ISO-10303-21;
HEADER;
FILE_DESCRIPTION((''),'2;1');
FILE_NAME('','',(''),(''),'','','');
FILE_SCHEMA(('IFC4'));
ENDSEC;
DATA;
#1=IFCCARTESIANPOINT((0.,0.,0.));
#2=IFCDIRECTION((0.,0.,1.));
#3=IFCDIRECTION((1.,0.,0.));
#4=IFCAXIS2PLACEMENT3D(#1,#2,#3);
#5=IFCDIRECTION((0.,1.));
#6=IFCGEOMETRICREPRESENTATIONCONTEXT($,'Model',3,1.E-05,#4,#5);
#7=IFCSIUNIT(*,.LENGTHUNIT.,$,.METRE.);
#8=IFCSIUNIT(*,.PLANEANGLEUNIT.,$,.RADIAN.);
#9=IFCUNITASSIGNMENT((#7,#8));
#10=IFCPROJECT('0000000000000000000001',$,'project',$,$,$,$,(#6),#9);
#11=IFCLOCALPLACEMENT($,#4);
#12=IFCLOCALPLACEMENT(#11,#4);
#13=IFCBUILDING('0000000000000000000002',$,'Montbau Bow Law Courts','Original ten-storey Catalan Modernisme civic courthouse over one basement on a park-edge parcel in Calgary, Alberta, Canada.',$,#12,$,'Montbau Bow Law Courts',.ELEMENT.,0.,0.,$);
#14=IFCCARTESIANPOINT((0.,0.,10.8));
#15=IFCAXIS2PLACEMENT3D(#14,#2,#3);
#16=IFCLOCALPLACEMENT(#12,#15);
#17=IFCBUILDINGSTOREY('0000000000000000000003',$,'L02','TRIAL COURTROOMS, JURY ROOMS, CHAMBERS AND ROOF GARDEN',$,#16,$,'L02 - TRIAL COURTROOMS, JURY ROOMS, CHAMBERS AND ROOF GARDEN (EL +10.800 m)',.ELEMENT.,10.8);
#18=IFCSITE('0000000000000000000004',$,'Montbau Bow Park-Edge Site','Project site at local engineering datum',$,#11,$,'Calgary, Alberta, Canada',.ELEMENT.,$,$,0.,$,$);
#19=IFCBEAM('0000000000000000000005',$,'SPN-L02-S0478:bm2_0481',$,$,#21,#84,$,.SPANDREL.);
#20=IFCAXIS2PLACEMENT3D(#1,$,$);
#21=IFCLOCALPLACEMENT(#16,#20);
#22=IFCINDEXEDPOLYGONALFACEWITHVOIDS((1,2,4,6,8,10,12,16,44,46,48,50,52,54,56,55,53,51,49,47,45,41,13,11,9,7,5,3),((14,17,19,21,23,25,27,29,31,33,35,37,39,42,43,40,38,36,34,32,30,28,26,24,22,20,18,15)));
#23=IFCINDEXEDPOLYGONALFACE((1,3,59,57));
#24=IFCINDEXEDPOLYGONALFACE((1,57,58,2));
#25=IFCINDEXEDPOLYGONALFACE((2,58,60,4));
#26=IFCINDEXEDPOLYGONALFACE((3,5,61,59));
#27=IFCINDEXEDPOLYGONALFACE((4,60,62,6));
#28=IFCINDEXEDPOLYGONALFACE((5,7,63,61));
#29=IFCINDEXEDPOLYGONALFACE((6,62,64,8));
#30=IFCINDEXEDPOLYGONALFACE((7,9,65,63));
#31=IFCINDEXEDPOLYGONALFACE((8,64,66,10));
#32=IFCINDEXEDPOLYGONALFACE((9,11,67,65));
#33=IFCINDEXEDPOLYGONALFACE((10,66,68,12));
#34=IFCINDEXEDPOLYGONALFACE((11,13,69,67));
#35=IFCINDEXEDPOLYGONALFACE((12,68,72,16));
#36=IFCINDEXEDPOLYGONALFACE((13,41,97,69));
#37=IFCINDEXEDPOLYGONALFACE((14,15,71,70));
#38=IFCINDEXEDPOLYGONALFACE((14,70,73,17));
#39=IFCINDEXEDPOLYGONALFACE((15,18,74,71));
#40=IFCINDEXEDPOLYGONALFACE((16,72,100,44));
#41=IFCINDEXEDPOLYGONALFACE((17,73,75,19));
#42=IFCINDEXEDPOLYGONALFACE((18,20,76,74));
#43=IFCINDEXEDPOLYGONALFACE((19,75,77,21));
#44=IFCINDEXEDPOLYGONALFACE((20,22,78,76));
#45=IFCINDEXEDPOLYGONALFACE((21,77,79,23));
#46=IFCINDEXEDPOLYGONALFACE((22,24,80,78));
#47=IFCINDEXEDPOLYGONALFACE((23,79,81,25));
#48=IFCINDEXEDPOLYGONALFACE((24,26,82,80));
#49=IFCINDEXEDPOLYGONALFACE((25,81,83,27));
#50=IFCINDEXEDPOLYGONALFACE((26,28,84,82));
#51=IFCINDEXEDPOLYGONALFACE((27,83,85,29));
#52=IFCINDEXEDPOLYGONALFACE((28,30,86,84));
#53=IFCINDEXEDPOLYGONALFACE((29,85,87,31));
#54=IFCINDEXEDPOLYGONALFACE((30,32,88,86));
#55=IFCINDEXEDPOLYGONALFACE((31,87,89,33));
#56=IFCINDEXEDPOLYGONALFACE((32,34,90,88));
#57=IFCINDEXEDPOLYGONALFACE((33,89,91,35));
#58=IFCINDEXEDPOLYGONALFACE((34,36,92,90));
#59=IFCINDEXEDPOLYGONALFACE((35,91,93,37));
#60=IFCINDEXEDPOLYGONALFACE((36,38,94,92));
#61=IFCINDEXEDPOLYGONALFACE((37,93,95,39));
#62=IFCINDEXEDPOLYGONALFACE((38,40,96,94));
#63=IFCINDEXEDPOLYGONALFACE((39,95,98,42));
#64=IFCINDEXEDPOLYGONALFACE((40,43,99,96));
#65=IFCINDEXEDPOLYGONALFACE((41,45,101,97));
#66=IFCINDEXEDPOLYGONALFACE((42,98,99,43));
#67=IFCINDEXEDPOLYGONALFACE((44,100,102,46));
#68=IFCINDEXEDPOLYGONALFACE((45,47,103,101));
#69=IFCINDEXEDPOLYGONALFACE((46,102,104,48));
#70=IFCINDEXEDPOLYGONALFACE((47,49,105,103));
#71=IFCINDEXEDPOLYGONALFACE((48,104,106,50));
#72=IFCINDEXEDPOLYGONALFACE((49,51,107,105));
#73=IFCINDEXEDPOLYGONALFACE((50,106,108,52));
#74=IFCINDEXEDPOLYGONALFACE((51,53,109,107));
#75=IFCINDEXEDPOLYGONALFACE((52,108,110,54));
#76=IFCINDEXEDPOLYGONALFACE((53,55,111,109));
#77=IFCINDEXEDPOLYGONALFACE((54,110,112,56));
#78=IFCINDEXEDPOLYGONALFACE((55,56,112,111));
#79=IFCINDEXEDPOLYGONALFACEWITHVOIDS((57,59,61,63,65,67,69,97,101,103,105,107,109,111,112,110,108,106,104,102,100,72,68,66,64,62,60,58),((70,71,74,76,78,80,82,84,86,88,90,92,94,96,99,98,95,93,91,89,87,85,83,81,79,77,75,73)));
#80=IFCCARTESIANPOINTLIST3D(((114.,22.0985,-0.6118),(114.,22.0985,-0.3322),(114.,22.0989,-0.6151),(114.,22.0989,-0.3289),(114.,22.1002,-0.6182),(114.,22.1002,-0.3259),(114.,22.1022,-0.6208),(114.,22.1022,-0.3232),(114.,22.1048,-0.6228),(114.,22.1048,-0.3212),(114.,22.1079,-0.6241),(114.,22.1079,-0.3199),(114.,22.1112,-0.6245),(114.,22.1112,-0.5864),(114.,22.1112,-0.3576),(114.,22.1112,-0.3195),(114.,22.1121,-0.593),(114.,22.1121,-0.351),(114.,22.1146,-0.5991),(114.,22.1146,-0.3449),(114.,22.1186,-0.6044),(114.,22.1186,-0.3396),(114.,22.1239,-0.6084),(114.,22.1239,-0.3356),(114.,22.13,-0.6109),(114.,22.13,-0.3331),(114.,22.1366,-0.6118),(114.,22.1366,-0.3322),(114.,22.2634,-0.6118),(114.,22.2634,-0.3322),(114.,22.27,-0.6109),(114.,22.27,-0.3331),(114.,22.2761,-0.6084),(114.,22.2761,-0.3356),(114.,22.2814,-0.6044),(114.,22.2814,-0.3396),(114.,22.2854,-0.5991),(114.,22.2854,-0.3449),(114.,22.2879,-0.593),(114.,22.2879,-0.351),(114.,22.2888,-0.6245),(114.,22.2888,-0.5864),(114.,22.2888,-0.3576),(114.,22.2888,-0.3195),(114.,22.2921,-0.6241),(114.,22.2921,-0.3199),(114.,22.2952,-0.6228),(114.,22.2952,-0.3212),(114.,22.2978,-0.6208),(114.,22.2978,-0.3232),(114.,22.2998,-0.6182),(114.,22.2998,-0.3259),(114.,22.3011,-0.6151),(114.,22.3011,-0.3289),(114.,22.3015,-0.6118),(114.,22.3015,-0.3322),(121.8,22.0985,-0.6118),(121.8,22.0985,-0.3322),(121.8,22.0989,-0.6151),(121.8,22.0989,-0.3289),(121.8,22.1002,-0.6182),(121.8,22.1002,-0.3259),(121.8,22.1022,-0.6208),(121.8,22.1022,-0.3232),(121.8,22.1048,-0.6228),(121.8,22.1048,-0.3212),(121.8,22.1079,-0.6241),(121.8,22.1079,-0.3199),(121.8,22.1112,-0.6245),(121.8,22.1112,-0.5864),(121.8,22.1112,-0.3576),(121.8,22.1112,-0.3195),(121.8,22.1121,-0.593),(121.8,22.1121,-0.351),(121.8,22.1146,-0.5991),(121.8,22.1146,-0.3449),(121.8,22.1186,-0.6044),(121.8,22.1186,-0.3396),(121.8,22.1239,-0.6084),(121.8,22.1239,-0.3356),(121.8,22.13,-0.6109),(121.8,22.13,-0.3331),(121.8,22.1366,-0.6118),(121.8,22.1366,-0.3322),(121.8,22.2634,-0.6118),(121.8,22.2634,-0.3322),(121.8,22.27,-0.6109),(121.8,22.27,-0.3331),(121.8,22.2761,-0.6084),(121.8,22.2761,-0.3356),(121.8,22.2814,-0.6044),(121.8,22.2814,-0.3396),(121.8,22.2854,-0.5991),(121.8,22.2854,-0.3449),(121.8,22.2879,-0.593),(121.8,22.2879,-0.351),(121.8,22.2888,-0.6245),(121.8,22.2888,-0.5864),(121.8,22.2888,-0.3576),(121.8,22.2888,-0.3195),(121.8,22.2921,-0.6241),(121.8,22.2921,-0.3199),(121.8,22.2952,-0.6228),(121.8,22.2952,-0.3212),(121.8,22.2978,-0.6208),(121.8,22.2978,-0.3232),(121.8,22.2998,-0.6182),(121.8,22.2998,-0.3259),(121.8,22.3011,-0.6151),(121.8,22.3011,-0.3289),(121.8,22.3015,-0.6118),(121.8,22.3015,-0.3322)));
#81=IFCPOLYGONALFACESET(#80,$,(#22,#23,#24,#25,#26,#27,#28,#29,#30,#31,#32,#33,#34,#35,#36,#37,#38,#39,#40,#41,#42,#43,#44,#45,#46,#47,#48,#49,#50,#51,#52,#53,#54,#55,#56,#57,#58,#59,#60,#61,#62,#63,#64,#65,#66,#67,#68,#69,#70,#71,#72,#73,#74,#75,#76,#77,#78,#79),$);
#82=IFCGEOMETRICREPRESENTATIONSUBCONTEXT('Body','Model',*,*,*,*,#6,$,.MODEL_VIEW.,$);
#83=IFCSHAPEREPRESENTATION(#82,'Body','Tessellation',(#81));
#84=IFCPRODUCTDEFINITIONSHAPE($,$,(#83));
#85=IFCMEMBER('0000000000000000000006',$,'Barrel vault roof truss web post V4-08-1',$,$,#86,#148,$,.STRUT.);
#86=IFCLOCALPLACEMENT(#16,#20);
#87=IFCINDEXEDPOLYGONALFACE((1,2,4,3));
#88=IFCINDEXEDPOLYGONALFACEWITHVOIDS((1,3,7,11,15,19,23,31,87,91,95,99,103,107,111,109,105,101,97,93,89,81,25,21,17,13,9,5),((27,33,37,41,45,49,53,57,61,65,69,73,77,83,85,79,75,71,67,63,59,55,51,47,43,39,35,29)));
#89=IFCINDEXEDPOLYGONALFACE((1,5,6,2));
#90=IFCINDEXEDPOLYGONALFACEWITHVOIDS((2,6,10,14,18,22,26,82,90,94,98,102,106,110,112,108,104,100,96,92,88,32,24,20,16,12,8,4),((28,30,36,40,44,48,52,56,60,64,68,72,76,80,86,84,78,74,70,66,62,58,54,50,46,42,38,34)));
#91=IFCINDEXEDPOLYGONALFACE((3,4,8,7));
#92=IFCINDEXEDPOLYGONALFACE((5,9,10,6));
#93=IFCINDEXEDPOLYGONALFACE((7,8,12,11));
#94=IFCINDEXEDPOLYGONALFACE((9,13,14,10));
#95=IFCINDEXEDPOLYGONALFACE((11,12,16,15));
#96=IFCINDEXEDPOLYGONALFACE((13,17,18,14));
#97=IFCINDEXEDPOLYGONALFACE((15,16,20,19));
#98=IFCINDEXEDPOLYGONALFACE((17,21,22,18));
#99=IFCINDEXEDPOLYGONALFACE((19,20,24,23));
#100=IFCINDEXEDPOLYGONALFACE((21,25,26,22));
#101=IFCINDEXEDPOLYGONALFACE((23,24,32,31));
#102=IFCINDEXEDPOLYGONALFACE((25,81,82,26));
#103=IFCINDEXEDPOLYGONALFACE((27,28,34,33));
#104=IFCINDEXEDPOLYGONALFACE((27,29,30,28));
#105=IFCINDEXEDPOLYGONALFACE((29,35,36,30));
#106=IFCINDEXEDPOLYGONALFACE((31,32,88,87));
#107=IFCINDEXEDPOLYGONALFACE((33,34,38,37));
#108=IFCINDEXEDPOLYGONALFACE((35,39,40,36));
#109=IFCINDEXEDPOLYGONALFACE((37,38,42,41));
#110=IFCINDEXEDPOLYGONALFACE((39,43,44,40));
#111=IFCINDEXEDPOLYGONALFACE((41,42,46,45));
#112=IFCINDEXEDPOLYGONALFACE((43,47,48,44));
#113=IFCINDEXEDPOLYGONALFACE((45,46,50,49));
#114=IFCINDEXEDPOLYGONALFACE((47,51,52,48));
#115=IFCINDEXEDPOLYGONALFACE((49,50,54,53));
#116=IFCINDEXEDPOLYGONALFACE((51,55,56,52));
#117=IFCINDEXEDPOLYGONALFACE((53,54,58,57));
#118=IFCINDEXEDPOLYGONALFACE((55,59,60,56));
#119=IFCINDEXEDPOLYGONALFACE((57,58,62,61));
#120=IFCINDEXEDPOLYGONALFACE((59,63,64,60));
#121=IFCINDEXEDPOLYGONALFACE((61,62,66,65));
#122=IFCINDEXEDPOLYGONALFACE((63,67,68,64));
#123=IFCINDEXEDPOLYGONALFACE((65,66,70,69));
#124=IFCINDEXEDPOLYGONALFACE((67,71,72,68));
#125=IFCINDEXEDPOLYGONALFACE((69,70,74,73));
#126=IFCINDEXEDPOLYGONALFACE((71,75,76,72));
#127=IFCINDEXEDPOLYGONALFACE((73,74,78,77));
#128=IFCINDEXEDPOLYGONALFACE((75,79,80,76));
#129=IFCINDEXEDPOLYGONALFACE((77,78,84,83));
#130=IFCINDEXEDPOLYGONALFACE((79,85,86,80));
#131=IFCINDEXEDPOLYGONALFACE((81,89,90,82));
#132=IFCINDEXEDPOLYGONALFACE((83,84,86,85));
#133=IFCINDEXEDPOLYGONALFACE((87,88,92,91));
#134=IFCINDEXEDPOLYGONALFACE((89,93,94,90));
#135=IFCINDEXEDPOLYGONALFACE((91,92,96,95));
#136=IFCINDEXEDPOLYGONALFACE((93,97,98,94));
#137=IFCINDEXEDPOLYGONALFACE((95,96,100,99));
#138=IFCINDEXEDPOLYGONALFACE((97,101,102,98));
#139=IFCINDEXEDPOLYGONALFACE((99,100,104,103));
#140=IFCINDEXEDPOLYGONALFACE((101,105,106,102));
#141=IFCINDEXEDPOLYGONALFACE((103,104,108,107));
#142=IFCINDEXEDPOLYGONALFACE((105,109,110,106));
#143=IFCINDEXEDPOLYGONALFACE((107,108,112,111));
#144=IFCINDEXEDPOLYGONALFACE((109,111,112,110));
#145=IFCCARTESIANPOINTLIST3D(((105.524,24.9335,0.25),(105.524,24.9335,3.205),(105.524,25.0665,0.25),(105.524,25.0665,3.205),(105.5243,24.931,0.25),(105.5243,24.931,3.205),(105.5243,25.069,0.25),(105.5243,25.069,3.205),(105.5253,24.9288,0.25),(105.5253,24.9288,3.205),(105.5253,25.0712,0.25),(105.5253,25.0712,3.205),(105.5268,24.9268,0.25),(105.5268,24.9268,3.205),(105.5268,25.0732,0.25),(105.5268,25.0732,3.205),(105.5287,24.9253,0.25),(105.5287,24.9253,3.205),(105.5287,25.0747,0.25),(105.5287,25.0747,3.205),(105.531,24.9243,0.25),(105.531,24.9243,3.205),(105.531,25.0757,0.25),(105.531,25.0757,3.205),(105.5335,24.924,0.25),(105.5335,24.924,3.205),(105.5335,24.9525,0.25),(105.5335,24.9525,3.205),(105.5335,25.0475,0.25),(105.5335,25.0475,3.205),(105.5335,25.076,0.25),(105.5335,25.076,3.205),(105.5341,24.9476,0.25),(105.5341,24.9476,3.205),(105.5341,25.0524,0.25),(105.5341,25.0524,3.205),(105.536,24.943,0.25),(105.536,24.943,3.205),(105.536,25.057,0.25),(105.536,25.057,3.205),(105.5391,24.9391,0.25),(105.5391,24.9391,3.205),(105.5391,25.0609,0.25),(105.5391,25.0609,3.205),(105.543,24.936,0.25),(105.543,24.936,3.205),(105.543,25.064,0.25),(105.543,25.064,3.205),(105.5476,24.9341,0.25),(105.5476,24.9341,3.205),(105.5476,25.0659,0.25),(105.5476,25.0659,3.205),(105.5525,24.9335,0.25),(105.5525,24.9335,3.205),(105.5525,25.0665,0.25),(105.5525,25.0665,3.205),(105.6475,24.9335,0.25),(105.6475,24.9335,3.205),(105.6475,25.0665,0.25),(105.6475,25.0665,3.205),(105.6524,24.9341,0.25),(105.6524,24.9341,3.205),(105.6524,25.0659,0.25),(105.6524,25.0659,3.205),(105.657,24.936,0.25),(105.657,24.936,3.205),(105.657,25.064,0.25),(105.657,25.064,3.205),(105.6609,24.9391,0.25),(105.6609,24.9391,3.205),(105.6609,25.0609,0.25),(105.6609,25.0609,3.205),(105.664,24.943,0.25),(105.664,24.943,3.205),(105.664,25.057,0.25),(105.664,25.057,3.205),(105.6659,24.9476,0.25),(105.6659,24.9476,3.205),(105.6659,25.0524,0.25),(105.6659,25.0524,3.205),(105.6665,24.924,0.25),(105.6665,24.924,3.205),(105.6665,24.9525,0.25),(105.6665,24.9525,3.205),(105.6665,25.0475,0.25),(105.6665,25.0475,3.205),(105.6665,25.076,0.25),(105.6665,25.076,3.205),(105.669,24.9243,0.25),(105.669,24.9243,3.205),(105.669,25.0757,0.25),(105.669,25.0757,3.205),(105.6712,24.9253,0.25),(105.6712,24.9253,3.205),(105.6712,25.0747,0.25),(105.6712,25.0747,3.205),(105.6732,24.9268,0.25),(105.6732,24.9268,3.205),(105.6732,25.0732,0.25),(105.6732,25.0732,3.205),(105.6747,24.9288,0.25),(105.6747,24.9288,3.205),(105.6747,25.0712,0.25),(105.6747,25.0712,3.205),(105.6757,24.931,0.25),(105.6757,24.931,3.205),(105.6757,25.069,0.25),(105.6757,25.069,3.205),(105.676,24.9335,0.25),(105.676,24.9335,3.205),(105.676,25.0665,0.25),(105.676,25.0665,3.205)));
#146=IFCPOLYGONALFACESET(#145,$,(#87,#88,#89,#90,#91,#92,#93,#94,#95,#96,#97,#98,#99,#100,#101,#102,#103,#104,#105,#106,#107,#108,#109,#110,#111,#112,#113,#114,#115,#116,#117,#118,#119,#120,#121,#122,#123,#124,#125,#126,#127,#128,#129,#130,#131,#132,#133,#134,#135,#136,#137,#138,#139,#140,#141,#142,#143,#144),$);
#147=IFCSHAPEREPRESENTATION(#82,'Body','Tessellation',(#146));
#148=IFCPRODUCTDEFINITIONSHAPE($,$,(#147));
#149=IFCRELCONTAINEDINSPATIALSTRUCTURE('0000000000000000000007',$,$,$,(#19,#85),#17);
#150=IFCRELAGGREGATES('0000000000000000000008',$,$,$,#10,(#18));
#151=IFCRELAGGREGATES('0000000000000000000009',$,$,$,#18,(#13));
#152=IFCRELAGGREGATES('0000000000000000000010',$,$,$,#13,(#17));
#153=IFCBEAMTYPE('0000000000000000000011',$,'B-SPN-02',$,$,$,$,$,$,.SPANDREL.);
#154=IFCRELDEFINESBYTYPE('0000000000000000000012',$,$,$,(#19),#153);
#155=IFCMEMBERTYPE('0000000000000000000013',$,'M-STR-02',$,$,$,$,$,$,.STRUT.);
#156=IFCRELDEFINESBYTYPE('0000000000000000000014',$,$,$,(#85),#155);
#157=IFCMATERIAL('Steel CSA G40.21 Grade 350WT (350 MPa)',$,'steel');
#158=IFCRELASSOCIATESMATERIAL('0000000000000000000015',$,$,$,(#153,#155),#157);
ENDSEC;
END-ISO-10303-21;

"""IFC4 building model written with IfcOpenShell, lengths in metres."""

from ifc_helpers import new_model, si_unit, direction, frame, origin_with_axes, origin_2d_with_axis, place, context, subcontext, project, spatial, hollow_rectangle, extrude, material, material_profile, profile_set, type_object, element, save


model = new_model("IFC4")

# Units and contexts
model_context = context("Model", 3, precision=1e-05, world=origin_with_axes(), true_north=direction((0.0, 1.0)))
body_context = subcontext(model_context, "Body", "Model", "MODEL_VIEW")
ifc_project = project(units=[si_unit("LENGTHUNIT", "METRE"), si_unit("PLANEANGLEUNIT", "RADIAN")], contexts=[model_context])

# Site, building, storey
site_placement = place(None, origin_with_axes())
site = spatial("IfcSite", under=ifc_project, at=site_placement, Name="Montbau Bow Park-Edge Site", Description="Project site at local engineering datum", LongName="Calgary, Alberta, Canada", CompositionType="ELEMENT", RefElevation=0.0)
building_placement = place(site_placement, origin_with_axes())
building = spatial("IfcBuilding", under=site, at=building_placement, Name="Montbau Bow Law Courts", Description="Original ten-storey Catalan Modernisme civic courthouse over one basement on a park-edge parcel in Calgary, Alberta, Canada.", LongName="Montbau Bow Law Courts", CompositionType="ELEMENT", ElevationOfRefHeight=0.0, ElevationOfTerrain=0.0)
storey_placement = place(building_placement, frame((0.0, 0.0, 10.8), z_axis=(0.0, 0.0, 1.0), x_axis=(1.0, 0.0, 0.0)))
storey = spatial("IfcBuildingStorey", under=building, at=storey_placement, Name="L02", Description="TRIAL COURTROOMS, JURY ROOMS, CHAMBERS AND ROOF GARDEN", LongName="L02 - TRIAL COURTROOMS, JURY ROOMS, CHAMBERS AND ROOF GARDEN (EL +10.800 m)", CompositionType="ELEMENT", Elevation=10.8)

# Beam
ifc_material_1 = material(Name="Steel CSA G40.21 Grade 350WT (350 MPa)", Category="steel")
ifc_material_profile_1 = material_profile(ifc_material_1, hollow_rectangle(XDim=0.203, YDim=0.305, WallThickness=0.0127, InnerFilletRadius=0.0254, OuterFilletRadius=0.0127, at=origin_2d_with_axis()), Name="HSS305X203X13", Category="Main", Priority=0)
ifc_profile_set_1 = profile_set([ifc_material_profile_1], Name="Steel CSA G40.21 Grade 350WT (350 MPa)")
beam_type_1 = type_object("IfcBeamType", Name="B-SPN-02", PredefinedType="SPANDREL", material=ifc_profile_set_1)
beam_1_placement = place(None, frame((114.0, 22.2, 10.328), z_axis=(1.0, 0.0, 0.0), x_axis=(0.0, 1.0, 0.0)))
element("IfcBeam", 1, at=beam_1_placement, inside=storey, type_object=beam_type_1, Name="SPN-L02-S0478:bm2_0481", PredefinedType="SPANDREL", context=body_context, shape_type="SweptSolid", body=[
    extrude(hollow_rectangle(XDim=0.203, YDim=0.305, WallThickness=0.0127, InnerFilletRadius=0.0254, OuterFilletRadius=0.0127, at=origin_2d_with_axis()), origin_with_axes(), (0.0, 0.0, 1.0), 7.8),
])

# Member
ifc_material_profile_2 = material_profile(ifc_material_1, hollow_rectangle(XDim=0.152, YDim=0.152, WallThickness=0.0095, InnerFilletRadius=0.019, OuterFilletRadius=0.0095, at=origin_2d_with_axis()), Name="HSS152X152X9.5", Category="Main", Priority=0)
ifc_profile_set_2 = profile_set([ifc_material_profile_2], Name="Steel CSA G40.21 Grade 350WT (350 MPa)")
member_type_1 = type_object("IfcMemberType", Name="M-STR-02", PredefinedType="STRUT", material=ifc_profile_set_2)
member_1_placement = place(None, frame((105.6, 25.0, 11.05), z_axis=(0.0, 0.0, 1.0), x_axis=(1.0, 0.0, 0.0)))
element("IfcMember", 2, at=member_1_placement, inside=storey, type_object=member_type_1, Name="Barrel vault roof truss web post V4-08-1", PredefinedType="STRUT", context=body_context, shape_type="SweptSolid", body=[
    extrude(hollow_rectangle(XDim=0.152, YDim=0.152, WallThickness=0.0095, InnerFilletRadius=0.019, OuterFilletRadius=0.0095, at=origin_2d_with_axis()), origin_with_axes(), (0.0, 0.0, 1.0), 2.955),
])

save(model, "model.ifc")
